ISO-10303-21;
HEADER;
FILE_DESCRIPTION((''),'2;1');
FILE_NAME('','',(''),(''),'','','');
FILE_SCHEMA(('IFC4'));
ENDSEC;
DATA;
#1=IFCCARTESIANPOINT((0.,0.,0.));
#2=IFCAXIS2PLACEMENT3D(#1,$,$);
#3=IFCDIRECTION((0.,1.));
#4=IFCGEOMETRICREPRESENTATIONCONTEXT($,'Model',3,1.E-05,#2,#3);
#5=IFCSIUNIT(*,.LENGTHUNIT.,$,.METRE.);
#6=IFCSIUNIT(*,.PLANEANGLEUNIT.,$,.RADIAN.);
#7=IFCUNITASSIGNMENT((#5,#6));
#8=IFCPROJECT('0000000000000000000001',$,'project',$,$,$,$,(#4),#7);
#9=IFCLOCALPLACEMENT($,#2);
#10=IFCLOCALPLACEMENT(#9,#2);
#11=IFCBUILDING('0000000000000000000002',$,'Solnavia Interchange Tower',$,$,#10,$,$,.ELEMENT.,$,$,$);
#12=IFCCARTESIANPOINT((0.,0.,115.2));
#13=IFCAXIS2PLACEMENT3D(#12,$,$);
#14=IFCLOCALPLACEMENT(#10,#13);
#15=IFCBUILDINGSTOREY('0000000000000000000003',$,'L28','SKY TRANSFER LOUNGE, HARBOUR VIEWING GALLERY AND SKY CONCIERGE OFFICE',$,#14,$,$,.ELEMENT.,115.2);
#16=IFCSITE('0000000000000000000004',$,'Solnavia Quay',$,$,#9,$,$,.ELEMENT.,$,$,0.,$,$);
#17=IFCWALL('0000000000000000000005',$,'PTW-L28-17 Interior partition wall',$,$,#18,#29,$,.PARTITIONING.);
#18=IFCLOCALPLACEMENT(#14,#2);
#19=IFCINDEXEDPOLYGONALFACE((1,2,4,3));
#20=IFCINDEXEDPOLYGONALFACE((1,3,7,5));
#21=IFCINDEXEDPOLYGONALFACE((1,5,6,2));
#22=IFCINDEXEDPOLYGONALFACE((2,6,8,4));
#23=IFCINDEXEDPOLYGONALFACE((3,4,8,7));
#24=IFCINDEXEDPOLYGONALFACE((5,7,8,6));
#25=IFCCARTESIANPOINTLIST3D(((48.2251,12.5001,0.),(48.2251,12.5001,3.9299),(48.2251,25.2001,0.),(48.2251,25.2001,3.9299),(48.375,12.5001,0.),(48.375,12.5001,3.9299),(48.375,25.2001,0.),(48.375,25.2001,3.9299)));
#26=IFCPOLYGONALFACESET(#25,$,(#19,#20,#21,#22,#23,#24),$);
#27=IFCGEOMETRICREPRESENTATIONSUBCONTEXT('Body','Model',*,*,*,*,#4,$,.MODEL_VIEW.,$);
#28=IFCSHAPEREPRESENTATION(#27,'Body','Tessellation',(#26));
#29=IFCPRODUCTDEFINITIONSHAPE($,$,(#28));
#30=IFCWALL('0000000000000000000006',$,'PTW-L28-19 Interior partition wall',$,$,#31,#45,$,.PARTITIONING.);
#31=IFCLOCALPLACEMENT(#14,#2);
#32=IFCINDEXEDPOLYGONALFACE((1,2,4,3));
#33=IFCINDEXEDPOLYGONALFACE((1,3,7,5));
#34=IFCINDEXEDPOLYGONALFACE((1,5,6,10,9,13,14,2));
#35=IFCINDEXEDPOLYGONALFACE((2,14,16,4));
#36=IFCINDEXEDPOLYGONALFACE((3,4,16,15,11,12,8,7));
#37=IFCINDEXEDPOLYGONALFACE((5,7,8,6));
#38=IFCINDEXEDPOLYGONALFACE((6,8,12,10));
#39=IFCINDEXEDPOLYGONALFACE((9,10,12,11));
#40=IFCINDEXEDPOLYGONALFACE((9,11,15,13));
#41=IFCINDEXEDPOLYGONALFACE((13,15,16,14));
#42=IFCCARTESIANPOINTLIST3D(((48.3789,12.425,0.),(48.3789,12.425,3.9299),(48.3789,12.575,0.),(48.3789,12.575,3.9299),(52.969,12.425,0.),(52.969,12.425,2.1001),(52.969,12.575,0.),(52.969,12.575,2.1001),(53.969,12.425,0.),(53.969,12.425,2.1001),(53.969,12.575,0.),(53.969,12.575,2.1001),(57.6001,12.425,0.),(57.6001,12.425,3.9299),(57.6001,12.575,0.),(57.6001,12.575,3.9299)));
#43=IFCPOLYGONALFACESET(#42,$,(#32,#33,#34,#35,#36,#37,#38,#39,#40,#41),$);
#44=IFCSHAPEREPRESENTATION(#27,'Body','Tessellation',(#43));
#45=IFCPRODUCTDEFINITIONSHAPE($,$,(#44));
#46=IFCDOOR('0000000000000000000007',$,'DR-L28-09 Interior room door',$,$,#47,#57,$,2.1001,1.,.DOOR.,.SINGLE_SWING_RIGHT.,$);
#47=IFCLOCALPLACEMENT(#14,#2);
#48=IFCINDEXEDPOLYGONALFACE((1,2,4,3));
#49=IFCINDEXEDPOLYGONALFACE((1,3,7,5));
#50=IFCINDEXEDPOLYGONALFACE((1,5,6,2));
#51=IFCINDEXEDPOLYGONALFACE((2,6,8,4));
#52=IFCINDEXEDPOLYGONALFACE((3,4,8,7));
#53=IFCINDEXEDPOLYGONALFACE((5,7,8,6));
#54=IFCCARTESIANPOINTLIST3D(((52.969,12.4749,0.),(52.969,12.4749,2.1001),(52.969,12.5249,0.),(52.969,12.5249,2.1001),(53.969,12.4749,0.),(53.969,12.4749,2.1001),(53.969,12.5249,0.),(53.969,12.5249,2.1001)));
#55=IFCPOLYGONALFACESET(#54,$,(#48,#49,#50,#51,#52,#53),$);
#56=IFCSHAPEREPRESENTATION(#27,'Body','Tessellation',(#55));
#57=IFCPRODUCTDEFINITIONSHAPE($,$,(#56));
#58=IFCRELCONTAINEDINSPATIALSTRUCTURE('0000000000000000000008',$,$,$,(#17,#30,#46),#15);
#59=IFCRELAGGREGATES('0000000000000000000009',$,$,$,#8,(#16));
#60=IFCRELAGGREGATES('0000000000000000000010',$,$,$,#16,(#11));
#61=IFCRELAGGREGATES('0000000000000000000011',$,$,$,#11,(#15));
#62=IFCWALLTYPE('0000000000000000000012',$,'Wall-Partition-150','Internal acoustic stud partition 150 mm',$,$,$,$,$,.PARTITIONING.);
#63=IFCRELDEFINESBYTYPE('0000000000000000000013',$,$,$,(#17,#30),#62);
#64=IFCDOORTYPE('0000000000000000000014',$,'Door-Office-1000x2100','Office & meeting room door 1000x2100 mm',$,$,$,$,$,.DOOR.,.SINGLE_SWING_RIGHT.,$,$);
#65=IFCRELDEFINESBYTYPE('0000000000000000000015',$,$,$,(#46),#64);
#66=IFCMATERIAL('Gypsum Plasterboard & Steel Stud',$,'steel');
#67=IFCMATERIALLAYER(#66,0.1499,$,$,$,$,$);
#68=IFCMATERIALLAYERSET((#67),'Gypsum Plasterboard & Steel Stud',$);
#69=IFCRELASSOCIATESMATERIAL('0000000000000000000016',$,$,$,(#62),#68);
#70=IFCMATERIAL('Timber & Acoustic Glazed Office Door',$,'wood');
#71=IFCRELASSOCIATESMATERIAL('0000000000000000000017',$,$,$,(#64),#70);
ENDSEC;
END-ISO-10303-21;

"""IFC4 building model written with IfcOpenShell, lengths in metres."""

from ifc_helpers import new_model, si_unit, direction, frame, frame_2d, origin, place, context, subcontext, project, spatial, rectangle, extrude, material, layer, layer_set, type_object, element, fill, save


model = new_model("IFC4")

# Units and contexts
model_context = context("Model", 3, precision=1e-05, world=origin(), true_north=direction((0.0, 1.0)))
body_context = subcontext(model_context, "Body", "Model", "MODEL_VIEW")
ifc_project = project(units=[si_unit("LENGTHUNIT", "METRE"), si_unit("PLANEANGLEUNIT", "RADIAN")], contexts=[model_context])

# Site, building, storey
site_placement = place(None, origin())
site = spatial("IfcSite", under=ifc_project, at=site_placement, Name="Solnavia Quay", CompositionType="ELEMENT", RefElevation=0.0)
building_placement = place(site_placement, origin())
building = spatial("IfcBuilding", under=site, at=building_placement, Name="Solnavia Interchange Tower", CompositionType="ELEMENT")
storey_placement = place(building_placement, frame((0.0, 0.0, 115.2)))
storey = spatial("IfcBuildingStorey", under=building, at=storey_placement, Name="L28", Description="SKY TRANSFER LOUNGE, HARBOUR VIEWING GALLERY AND SKY CONCIERGE OFFICE", CompositionType="ELEMENT", Elevation=115.2)

# Shared definitions
ifc_material_1 = material(Name="Gypsum Plasterboard & Steel Stud", Category="steel")
ifc_layer_1 = layer(ifc_material_1, 0.1499)
ifc_layer_set_1 = layer_set([ifc_layer_1], Name="Gypsum Plasterboard & Steel Stud")
wall_type_1 = type_object("IfcWallType", Name="Wall-Partition-150", Description="Internal acoustic stud partition 150 mm", PredefinedType="PARTITIONING", material=ifc_layer_set_1)

# Shared definitions
ifc_material_2 = material(Name="Timber & Acoustic Glazed Office Door", Category="wood")
door_type = type_object("IfcDoorType", Name="Door-Office-1000x2100", Description="Office & meeting room door 1000x2100 mm", OperationType="SINGLE_SWING_RIGHT", PredefinedType="DOOR", material=ifc_material_2)

# Wall
wall_1_placement = place(storey_placement, frame((48.3, 12.5, 0.0), z_axis=(0.0, 0.0, 1.0), x_axis=(0.0, 1.0, 0.0)))
element("IfcWall", 1, at=wall_1_placement, inside=storey, type_object=wall_type_1, Name="PTW-L28-17 Interior partition wall", PredefinedType="PARTITIONING", context=body_context, shape_type="SweptSolid", body=[
    extrude(rectangle(XDim=12.7, YDim=0.1499, at=frame_2d((6.3501, 0.0))), origin(), (0.0, 0.0, 1.0), 3.9299),
])

# Wall, opening, door
wall_2_placement = place(storey_placement, frame((48.3789, 12.5, 0.0), z_axis=(0.0, 0.0, 1.0), x_axis=(1.0, 0.0, 0.0)))
wall_2 = element("IfcWall", 2, at=wall_2_placement, inside=storey, type_object=wall_type_1, Name="PTW-L28-19 Interior partition wall", PredefinedType="PARTITIONING", context=body_context, shape_type="SweptSolid", body=[
    extrude(rectangle(XDim=9.2212, YDim=0.1499, at=frame_2d((4.6106, 0.0))), origin(), (0.0, 0.0, 1.0), 3.9299),
])
opening_1_placement = place(wall_2_placement, frame((4.5901, 0.0, 0.0)))
opening_1 = element("IfcOpeningElement", 3, at=opening_1_placement, cuts=wall_2, PredefinedType="OPENING", context=body_context, shape_type="SweptSolid", body=[
    extrude(rectangle(XDim=1.0, YDim=2.1001, at=frame_2d((0.5, 1.05))), frame((0.0, 0.085, 0.0), z_axis=(0.0, -1.0, 0.0), x_axis=(1.0, 0.0, 0.0)), (0.0, 0.0, 1.0), 0.1699),
])
door_1_placement = place(opening_1_placement, origin())
door_1 = element("IfcDoor", 4, at=door_1_placement, inside=storey, type_object=door_type, Name="DR-L28-09 Interior room door", OperationType="SINGLE_SWING_RIGHT", OverallHeight=2.1001, OverallWidth=1.0, PredefinedType="DOOR", context=body_context, shape_type="SweptSolid", body=[
    extrude(rectangle(XDim=1.0, YDim=2.1001, at=frame_2d((0.5, 1.05))), frame((0.0, 0.0249, 0.0), z_axis=(0.0, -1.0, 0.0), x_axis=(1.0, 0.0, 0.0)), (0.0, 0.0, 1.0), 0.05),
])
fill(opening_1, door_1)

save(model, "model.ifc")
